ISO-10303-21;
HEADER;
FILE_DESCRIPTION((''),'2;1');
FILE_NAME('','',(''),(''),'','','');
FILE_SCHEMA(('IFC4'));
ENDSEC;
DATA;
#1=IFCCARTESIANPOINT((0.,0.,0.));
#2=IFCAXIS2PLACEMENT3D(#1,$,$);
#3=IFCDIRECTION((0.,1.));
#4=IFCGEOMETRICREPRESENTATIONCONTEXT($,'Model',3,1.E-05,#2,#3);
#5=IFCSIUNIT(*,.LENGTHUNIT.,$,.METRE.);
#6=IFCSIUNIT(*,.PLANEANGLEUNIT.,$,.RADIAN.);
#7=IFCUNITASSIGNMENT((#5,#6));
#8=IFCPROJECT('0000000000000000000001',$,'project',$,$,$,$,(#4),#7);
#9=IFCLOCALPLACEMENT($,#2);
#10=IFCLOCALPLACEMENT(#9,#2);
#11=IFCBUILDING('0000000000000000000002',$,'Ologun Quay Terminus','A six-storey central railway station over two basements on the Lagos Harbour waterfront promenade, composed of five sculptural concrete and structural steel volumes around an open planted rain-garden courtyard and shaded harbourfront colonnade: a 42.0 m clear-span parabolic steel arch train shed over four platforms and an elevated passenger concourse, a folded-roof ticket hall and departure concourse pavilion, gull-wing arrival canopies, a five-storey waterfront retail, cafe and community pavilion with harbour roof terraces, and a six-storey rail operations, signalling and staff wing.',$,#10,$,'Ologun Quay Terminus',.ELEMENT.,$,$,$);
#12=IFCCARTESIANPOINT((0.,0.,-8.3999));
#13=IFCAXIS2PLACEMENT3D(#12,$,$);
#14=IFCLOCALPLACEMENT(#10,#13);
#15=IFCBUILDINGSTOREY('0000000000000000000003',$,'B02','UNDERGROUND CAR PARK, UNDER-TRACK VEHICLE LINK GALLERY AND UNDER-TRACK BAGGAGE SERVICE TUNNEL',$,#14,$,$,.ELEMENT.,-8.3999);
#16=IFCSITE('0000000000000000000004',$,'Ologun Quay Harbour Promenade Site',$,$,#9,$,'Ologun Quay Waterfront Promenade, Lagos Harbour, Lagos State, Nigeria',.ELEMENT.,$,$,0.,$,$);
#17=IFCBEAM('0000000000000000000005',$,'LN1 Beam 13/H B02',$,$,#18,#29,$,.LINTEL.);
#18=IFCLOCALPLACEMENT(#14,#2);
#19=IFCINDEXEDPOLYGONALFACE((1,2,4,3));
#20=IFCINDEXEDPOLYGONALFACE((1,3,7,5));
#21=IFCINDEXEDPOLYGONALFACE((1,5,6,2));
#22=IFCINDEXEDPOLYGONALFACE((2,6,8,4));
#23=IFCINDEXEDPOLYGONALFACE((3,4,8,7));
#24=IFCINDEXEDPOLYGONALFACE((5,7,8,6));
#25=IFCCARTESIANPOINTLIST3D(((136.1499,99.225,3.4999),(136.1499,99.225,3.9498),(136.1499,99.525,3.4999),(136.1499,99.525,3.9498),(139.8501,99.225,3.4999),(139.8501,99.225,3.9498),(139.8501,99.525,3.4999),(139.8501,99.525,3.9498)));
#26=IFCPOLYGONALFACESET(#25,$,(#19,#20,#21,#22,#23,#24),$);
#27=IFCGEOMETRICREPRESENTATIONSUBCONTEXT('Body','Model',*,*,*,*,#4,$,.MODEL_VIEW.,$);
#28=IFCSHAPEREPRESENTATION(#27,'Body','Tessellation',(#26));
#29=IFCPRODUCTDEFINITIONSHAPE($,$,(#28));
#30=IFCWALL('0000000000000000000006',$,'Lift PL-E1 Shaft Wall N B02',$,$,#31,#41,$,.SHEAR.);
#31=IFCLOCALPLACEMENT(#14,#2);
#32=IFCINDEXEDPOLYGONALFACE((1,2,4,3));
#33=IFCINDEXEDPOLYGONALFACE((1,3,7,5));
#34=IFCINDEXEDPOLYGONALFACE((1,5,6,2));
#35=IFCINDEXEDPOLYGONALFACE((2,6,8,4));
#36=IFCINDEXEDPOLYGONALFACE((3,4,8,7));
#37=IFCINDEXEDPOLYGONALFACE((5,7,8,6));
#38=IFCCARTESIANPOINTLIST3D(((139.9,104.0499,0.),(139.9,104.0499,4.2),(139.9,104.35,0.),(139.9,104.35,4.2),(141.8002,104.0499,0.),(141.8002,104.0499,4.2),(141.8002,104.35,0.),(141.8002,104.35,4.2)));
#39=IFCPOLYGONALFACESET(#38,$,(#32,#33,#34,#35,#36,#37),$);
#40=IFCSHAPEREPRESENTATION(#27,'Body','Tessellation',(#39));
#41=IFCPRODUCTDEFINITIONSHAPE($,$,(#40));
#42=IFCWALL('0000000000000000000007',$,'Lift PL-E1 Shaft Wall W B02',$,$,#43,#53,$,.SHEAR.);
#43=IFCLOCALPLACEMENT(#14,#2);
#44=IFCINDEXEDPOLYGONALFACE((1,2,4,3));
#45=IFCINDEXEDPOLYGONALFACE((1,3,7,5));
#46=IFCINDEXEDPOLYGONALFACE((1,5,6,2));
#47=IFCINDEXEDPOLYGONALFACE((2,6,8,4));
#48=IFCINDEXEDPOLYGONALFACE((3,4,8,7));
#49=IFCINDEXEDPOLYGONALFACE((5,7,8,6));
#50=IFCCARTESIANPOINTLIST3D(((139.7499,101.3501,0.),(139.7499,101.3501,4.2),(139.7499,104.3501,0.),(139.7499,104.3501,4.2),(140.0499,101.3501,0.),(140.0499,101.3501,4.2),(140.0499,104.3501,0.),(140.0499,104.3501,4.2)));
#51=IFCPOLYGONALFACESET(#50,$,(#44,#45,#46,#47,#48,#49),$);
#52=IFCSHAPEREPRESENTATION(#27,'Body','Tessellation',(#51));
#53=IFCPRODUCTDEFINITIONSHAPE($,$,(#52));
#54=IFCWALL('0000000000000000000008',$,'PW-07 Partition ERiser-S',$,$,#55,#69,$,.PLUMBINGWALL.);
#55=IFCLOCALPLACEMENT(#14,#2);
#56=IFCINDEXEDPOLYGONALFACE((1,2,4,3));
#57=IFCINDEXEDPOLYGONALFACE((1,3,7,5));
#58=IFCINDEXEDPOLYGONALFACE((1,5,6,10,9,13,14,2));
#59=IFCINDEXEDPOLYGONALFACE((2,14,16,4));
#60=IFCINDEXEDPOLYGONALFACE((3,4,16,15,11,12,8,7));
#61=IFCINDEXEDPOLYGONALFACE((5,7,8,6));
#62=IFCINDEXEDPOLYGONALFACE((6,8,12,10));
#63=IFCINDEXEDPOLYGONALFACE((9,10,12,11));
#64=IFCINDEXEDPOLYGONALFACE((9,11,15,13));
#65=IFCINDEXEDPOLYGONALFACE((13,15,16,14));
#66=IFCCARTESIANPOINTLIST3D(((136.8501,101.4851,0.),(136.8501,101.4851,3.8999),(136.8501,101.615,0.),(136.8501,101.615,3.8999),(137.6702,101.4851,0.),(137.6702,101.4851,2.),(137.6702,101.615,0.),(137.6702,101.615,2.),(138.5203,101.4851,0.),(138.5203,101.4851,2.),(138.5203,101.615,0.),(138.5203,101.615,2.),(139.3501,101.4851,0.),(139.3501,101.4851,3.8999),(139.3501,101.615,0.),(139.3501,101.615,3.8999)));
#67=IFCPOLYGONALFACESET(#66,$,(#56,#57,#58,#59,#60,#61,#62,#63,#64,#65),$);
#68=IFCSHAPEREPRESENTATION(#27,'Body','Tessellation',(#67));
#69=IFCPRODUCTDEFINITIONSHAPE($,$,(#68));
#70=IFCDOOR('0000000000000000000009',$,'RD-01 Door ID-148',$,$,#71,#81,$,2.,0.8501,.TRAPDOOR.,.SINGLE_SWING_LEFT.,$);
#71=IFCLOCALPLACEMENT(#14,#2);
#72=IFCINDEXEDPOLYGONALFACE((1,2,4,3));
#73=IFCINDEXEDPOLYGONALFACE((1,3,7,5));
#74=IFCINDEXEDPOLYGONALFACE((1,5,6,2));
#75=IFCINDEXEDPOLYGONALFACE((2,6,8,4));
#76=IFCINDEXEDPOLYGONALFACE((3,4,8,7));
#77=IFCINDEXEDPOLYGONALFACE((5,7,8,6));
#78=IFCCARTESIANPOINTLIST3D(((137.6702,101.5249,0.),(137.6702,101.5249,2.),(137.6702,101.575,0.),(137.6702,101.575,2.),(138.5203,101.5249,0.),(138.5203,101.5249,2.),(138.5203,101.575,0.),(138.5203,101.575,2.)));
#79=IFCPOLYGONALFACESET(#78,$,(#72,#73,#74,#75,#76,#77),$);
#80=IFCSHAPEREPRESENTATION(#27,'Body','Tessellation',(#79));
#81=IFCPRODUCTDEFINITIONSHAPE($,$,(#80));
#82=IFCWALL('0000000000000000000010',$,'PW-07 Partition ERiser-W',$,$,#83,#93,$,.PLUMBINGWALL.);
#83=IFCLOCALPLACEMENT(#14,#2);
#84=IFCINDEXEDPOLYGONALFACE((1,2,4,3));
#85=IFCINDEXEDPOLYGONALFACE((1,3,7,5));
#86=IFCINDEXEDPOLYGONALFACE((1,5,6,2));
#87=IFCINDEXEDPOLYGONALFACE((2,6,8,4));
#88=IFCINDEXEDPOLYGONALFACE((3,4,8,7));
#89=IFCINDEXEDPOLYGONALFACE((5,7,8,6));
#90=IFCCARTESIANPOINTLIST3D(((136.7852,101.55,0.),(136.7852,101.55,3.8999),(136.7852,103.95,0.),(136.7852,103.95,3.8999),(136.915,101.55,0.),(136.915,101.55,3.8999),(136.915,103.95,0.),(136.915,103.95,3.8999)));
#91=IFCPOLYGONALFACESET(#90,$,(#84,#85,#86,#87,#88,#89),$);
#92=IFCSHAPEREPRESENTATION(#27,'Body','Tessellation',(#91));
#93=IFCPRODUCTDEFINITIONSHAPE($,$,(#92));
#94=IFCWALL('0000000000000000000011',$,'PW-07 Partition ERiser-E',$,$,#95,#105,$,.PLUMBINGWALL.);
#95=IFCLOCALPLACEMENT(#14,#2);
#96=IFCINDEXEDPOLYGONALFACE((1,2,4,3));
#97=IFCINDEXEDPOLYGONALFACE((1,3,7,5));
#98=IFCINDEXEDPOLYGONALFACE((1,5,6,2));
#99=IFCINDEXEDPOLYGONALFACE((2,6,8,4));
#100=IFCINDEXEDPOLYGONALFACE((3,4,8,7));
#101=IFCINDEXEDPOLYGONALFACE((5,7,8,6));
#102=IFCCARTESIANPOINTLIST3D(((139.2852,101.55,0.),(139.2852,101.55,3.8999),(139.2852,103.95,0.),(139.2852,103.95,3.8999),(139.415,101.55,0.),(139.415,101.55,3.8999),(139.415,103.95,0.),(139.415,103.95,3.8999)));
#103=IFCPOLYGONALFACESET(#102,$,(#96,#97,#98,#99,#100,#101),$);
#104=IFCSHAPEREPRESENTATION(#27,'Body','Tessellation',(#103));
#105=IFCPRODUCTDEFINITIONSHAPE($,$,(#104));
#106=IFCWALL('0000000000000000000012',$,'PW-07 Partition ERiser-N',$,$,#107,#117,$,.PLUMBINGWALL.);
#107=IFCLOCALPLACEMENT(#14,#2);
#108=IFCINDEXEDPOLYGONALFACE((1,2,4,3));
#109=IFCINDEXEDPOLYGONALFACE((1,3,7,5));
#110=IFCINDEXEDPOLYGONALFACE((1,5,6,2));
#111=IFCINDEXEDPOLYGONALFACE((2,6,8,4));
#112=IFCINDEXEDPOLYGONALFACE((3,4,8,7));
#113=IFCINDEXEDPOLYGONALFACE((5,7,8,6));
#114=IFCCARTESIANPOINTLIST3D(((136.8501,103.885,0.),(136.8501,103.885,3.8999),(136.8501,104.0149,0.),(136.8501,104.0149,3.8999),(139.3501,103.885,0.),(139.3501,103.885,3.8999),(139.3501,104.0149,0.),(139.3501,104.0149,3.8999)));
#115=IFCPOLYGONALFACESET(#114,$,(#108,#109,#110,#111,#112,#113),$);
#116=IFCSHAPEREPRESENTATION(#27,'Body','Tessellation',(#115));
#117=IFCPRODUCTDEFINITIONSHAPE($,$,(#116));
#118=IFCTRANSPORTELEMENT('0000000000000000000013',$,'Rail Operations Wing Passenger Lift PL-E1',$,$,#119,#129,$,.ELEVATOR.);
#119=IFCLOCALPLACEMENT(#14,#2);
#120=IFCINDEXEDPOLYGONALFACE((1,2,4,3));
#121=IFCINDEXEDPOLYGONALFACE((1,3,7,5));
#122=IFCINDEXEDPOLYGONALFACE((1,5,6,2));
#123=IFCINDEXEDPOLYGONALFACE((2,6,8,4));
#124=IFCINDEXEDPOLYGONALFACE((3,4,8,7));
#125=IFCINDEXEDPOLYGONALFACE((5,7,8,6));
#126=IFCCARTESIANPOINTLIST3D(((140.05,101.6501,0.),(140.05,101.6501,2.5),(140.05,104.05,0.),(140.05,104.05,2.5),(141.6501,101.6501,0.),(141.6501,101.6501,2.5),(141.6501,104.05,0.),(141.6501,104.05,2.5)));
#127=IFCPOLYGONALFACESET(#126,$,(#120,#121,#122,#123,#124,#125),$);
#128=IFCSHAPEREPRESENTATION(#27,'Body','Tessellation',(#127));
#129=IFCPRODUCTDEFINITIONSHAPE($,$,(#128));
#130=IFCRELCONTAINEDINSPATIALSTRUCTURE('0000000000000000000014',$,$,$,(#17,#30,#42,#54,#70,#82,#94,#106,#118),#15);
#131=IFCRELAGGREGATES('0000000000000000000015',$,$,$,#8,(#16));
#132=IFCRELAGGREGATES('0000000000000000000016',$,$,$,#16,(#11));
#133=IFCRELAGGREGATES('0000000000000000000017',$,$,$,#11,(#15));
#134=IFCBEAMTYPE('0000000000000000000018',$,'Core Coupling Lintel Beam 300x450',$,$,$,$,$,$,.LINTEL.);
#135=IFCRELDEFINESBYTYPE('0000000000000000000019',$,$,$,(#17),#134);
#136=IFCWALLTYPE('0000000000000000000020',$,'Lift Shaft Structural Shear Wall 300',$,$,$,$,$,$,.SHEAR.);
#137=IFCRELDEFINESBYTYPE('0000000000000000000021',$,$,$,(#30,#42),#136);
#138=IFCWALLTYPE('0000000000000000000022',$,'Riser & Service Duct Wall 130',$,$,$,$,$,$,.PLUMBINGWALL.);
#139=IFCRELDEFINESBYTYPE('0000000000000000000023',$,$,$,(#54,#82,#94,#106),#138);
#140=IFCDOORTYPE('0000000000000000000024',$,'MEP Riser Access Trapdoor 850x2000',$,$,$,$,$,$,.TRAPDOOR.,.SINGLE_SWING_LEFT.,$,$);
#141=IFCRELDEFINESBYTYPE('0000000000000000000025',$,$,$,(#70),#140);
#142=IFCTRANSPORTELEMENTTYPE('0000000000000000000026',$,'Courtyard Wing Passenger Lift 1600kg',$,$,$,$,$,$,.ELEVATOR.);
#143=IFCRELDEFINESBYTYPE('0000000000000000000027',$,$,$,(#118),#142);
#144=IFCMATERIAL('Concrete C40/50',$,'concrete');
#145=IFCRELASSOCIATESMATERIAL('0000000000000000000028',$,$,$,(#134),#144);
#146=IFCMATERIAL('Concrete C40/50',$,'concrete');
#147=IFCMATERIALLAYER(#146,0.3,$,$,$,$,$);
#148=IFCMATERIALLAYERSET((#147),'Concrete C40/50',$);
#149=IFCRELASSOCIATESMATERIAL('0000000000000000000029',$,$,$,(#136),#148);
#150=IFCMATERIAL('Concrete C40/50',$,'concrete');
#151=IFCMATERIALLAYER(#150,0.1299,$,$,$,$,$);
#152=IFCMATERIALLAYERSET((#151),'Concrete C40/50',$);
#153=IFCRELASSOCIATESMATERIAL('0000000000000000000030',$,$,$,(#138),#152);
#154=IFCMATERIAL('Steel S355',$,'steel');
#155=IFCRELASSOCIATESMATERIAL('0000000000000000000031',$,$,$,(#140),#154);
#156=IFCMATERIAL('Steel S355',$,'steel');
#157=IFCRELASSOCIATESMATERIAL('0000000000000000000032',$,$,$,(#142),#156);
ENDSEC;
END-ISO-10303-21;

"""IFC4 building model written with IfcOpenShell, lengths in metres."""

from ifc_helpers import new_model, si_unit, direction, frame, frame_2d, origin, origin_2d, place, context, subcontext, project, spatial, rectangle, extrude, material, layer, layer_set, material_profile, profile_set, type_object, element, fill, save


model = new_model("IFC4")

# Units and contexts
model_context = context("Model", 3, precision=1e-05, world=origin(), true_north=direction((0.0, 1.0)))
body_context = subcontext(model_context, "Body", "Model", "MODEL_VIEW")
ifc_project = project(units=[si_unit("LENGTHUNIT", "METRE"), si_unit("PLANEANGLEUNIT", "RADIAN")], contexts=[model_context])

# Site, building, storey
site_placement = place(None, origin())
site = spatial("IfcSite", under=ifc_project, at=site_placement, Name="Ologun Quay Harbour Promenade Site", LongName="Ologun Quay Waterfront Promenade, Lagos Harbour, Lagos State, Nigeria", CompositionType="ELEMENT", RefElevation=0.0)
building_placement = place(site_placement, origin())
building = spatial("IfcBuilding", under=site, at=building_placement, Name="Ologun Quay Terminus", Description="A six-storey central railway station over two basements on the Lagos Harbour waterfront promenade, composed of five sculptural concrete and structural steel volumes around an open planted rain-garden courtyard and shaded harbourfront colonnade: a 42.0 m clear-span parabolic steel arch train shed over four platforms and an elevated passenger concourse, a folded-roof ticket hall and departure concourse pavilion, gull-wing arrival canopies, a five-storey waterfront retail, cafe and community pavilion with harbour roof terraces, and a six-storey rail operations, signalling and staff wing.", LongName="Ologun Quay Terminus", CompositionType="ELEMENT")
storey_placement = place(building_placement, frame((0.0, 0.0, -8.3999)))
storey = spatial("IfcBuildingStorey", under=building, at=storey_placement, Name="B02", Description="UNDERGROUND CAR PARK, UNDER-TRACK VEHICLE LINK GALLERY AND UNDER-TRACK BAGGAGE SERVICE TUNNEL", CompositionType="ELEMENT", Elevation=-8.3999)

# Beam
ifc_material_1 = material(Name="Concrete C40/50", Category="concrete")
ifc_material_profile_1 = material_profile(ifc_material_1, rectangle(XDim=0.3, YDim=0.45, at=origin_2d()), Name="RC 300x450")
ifc_profile_set_1 = profile_set([ifc_material_profile_1], Name="Concrete C40/50")
beam_type = type_object("IfcBeamType", Name="Core Coupling Lintel Beam 300x450", PredefinedType="LINTEL", material=ifc_profile_set_1)
beam_placement = place(storey_placement, frame((136.1499, 99.375, 3.7249), z_axis=(1.0, 0.0, 0.0), x_axis=(0.0, 1.0, 0.0)))
element("IfcBeam", 1, at=beam_placement, inside=storey, type_object=beam_type, Name="LN1 Beam 13/H B02", PredefinedType="LINTEL", context=body_context, shape_type="SweptSolid", body=[
    extrude(rectangle(XDim=0.3, YDim=0.45, at=origin_2d()), origin(), (0.0, 0.0, 1.0), 3.7002),
])

# Shared definitions
ifc_material_2 = material(Name="Concrete C40/50", Category="concrete")
ifc_layer_1 = layer(ifc_material_2, 0.3)
ifc_layer_set_1 = layer_set([ifc_layer_1], Name="Concrete C40/50")
wall_type_1 = type_object("IfcWallType", Name="Lift Shaft Structural Shear Wall 300", PredefinedType="SHEAR", material=ifc_layer_set_1)

# Walls
wall_1_placement = place(storey_placement, frame((139.8999, 104.2, 0.0), z_axis=(0.0, 0.0, 1.0), x_axis=(1.0, 0.0, 0.0)))
element("IfcWall", 2, at=wall_1_placement, inside=storey, type_object=wall_type_1, Name="Lift PL-E1 Shaft Wall N B02", PredefinedType="SHEAR", context=body_context, shape_type="SweptSolid", body=[
    extrude(rectangle(XDim=1.9001, YDim=0.3, at=frame_2d((0.9502, 0.0))), origin(), (0.0, 0.0, 1.0), 4.2),
])
wall_2_placement = place(storey_placement, frame((139.8999, 101.3501, 0.0), z_axis=(0.0, 0.0, 1.0), x_axis=(0.0, 1.0, 0.0)))
element("IfcWall", 3, at=wall_2_placement, inside=storey, type_object=wall_type_1, Name="Lift PL-E1 Shaft Wall W B02", PredefinedType="SHEAR", context=body_context, shape_type="SweptSolid", body=[
    extrude(rectangle(XDim=3.0, YDim=0.3, at=frame_2d((1.5, 0.0))), origin(), (0.0, 0.0, 1.0), 4.2),
])

# Wall, opening, door
ifc_material_3 = material(Name="Concrete C40/50", Category="concrete")
ifc_layer_2 = layer(ifc_material_3, 0.1299)
ifc_layer_set_2 = layer_set([ifc_layer_2], Name="Concrete C40/50")
wall_type_2 = type_object("IfcWallType", Name="Riser & Service Duct Wall 130", PredefinedType="PLUMBINGWALL", material=ifc_layer_set_2)
wall_3_placement = place(storey_placement, frame((136.8501, 101.55, 0.0), z_axis=(0.0, 0.0, 1.0), x_axis=(1.0, 0.0, 0.0)))
wall_3 = element("IfcWall", 4, at=wall_3_placement, inside=storey, type_object=wall_type_2, Name="PW-07 Partition ERiser-S", PredefinedType="PLUMBINGWALL", context=body_context, shape_type="SweptSolid", body=[
    extrude(rectangle(XDim=2.5, YDim=0.1299, at=frame_2d((1.25, 0.0))), origin(), (0.0, 0.0, 1.0), 3.8999),
])
opening_1_placement = place(wall_3_placement, frame((0.8201, 0.0, 0.0)))
opening_1 = element("IfcOpeningElement", 5, at=opening_1_placement, cuts=wall_3, PredefinedType="OPENING", context=body_context, shape_type="SweptSolid", body=[
    extrude(rectangle(XDim=0.8501, YDim=2.0, at=frame_2d((0.425, 1.0))), frame((0.0, 0.075, 0.0), z_axis=(0.0, -1.0, 0.0), x_axis=(1.0, 0.0, 0.0)), (0.0, 0.0, 1.0), 0.1499),
])
ifc_material_4 = material(Name="Steel S355", Category="steel")
door_type_1 = type_object("IfcDoorType", Name="MEP Riser Access Trapdoor 850x2000", OperationType="SINGLE_SWING_LEFT", PredefinedType="TRAPDOOR", material=ifc_material_4)
door_1_placement = place(opening_1_placement, origin())
door_1 = element("IfcDoor", 6, at=door_1_placement, inside=storey, type_object=door_type_1, Name="RD-01 Door ID-148", OperationType="SINGLE_SWING_LEFT", OverallHeight=2.0, OverallWidth=0.8501, PredefinedType="TRAPDOOR", context=body_context, shape_type="SweptSolid", body=[
    extrude(rectangle(XDim=0.8501, YDim=2.0, at=frame_2d((0.425, 1.0))), frame((0.0, 0.0249, 0.0), z_axis=(0.0, -1.0, 0.0), x_axis=(1.0, 0.0, 0.0)), (0.0, 0.0, 1.0), 0.05),
])
fill(opening_1, door_1)

# Walls
for number, where, z_axis, x_axis, name in (
    (7, (136.8501, 101.55, 0.0), (0.0, 0.0, 1.0), (0.0, 1.0, 0.0), "PW-07 Partition ERiser-W"),
    (8, (139.3501, 101.55, 0.0), (0.0, 0.0, 1.0), (0.0, 1.0, 0.0), "PW-07 Partition ERiser-E"),
):
    element("IfcWall", number, at=place(storey_placement, frame(where, z_axis=z_axis, x_axis=x_axis)), inside=storey, type_object=wall_type_2, Name=name, PredefinedType="PLUMBINGWALL", context=body_context, shape_type="SweptSolid", body=[
        extrude(rectangle(XDim=2.3999, YDim=0.1299, at=frame_2d((1.2, 0.0))), origin(), (0.0, 0.0, 1.0), 3.8999),
    ])
wall_4_placement = place(storey_placement, frame((136.8501, 103.95, 0.0), z_axis=(0.0, 0.0, 1.0), x_axis=(1.0, 0.0, 0.0)))
element("IfcWall", 9, at=wall_4_placement, inside=storey, type_object=wall_type_2, Name="PW-07 Partition ERiser-N", PredefinedType="PLUMBINGWALL", context=body_context, shape_type="SweptSolid", body=[
    extrude(rectangle(XDim=2.5, YDim=0.1299, at=frame_2d((1.25, 0.0))), origin(), (0.0, 0.0, 1.0), 3.8999),
])

# Transport element
ifc_material_5 = material(Name="Steel S355", Category="steel")
transport_element_type = type_object("IfcTransportElementType", Name="Courtyard Wing Passenger Lift 1600kg", PredefinedType="ELEVATOR", material=ifc_material_5)
transport_element_placement = place(storey_placement, frame((140.8501, 102.8501, 0.0), z_axis=(0.0, 0.0, 1.0), x_axis=(1.0, 0.0, 0.0)))
element("IfcTransportElement", 10, at=transport_element_placement, inside=storey, type_object=transport_element_type, Name="Rail Operations Wing Passenger Lift PL-E1", PredefinedType="ELEVATOR", context=body_context, shape_type="SweptSolid", body=[
    extrude(rectangle(XDim=1.6001, YDim=2.3999, at=origin_2d()), origin(), (0.0, 0.0, 1.0), 2.5),
])

save(model, "model.ifc")
